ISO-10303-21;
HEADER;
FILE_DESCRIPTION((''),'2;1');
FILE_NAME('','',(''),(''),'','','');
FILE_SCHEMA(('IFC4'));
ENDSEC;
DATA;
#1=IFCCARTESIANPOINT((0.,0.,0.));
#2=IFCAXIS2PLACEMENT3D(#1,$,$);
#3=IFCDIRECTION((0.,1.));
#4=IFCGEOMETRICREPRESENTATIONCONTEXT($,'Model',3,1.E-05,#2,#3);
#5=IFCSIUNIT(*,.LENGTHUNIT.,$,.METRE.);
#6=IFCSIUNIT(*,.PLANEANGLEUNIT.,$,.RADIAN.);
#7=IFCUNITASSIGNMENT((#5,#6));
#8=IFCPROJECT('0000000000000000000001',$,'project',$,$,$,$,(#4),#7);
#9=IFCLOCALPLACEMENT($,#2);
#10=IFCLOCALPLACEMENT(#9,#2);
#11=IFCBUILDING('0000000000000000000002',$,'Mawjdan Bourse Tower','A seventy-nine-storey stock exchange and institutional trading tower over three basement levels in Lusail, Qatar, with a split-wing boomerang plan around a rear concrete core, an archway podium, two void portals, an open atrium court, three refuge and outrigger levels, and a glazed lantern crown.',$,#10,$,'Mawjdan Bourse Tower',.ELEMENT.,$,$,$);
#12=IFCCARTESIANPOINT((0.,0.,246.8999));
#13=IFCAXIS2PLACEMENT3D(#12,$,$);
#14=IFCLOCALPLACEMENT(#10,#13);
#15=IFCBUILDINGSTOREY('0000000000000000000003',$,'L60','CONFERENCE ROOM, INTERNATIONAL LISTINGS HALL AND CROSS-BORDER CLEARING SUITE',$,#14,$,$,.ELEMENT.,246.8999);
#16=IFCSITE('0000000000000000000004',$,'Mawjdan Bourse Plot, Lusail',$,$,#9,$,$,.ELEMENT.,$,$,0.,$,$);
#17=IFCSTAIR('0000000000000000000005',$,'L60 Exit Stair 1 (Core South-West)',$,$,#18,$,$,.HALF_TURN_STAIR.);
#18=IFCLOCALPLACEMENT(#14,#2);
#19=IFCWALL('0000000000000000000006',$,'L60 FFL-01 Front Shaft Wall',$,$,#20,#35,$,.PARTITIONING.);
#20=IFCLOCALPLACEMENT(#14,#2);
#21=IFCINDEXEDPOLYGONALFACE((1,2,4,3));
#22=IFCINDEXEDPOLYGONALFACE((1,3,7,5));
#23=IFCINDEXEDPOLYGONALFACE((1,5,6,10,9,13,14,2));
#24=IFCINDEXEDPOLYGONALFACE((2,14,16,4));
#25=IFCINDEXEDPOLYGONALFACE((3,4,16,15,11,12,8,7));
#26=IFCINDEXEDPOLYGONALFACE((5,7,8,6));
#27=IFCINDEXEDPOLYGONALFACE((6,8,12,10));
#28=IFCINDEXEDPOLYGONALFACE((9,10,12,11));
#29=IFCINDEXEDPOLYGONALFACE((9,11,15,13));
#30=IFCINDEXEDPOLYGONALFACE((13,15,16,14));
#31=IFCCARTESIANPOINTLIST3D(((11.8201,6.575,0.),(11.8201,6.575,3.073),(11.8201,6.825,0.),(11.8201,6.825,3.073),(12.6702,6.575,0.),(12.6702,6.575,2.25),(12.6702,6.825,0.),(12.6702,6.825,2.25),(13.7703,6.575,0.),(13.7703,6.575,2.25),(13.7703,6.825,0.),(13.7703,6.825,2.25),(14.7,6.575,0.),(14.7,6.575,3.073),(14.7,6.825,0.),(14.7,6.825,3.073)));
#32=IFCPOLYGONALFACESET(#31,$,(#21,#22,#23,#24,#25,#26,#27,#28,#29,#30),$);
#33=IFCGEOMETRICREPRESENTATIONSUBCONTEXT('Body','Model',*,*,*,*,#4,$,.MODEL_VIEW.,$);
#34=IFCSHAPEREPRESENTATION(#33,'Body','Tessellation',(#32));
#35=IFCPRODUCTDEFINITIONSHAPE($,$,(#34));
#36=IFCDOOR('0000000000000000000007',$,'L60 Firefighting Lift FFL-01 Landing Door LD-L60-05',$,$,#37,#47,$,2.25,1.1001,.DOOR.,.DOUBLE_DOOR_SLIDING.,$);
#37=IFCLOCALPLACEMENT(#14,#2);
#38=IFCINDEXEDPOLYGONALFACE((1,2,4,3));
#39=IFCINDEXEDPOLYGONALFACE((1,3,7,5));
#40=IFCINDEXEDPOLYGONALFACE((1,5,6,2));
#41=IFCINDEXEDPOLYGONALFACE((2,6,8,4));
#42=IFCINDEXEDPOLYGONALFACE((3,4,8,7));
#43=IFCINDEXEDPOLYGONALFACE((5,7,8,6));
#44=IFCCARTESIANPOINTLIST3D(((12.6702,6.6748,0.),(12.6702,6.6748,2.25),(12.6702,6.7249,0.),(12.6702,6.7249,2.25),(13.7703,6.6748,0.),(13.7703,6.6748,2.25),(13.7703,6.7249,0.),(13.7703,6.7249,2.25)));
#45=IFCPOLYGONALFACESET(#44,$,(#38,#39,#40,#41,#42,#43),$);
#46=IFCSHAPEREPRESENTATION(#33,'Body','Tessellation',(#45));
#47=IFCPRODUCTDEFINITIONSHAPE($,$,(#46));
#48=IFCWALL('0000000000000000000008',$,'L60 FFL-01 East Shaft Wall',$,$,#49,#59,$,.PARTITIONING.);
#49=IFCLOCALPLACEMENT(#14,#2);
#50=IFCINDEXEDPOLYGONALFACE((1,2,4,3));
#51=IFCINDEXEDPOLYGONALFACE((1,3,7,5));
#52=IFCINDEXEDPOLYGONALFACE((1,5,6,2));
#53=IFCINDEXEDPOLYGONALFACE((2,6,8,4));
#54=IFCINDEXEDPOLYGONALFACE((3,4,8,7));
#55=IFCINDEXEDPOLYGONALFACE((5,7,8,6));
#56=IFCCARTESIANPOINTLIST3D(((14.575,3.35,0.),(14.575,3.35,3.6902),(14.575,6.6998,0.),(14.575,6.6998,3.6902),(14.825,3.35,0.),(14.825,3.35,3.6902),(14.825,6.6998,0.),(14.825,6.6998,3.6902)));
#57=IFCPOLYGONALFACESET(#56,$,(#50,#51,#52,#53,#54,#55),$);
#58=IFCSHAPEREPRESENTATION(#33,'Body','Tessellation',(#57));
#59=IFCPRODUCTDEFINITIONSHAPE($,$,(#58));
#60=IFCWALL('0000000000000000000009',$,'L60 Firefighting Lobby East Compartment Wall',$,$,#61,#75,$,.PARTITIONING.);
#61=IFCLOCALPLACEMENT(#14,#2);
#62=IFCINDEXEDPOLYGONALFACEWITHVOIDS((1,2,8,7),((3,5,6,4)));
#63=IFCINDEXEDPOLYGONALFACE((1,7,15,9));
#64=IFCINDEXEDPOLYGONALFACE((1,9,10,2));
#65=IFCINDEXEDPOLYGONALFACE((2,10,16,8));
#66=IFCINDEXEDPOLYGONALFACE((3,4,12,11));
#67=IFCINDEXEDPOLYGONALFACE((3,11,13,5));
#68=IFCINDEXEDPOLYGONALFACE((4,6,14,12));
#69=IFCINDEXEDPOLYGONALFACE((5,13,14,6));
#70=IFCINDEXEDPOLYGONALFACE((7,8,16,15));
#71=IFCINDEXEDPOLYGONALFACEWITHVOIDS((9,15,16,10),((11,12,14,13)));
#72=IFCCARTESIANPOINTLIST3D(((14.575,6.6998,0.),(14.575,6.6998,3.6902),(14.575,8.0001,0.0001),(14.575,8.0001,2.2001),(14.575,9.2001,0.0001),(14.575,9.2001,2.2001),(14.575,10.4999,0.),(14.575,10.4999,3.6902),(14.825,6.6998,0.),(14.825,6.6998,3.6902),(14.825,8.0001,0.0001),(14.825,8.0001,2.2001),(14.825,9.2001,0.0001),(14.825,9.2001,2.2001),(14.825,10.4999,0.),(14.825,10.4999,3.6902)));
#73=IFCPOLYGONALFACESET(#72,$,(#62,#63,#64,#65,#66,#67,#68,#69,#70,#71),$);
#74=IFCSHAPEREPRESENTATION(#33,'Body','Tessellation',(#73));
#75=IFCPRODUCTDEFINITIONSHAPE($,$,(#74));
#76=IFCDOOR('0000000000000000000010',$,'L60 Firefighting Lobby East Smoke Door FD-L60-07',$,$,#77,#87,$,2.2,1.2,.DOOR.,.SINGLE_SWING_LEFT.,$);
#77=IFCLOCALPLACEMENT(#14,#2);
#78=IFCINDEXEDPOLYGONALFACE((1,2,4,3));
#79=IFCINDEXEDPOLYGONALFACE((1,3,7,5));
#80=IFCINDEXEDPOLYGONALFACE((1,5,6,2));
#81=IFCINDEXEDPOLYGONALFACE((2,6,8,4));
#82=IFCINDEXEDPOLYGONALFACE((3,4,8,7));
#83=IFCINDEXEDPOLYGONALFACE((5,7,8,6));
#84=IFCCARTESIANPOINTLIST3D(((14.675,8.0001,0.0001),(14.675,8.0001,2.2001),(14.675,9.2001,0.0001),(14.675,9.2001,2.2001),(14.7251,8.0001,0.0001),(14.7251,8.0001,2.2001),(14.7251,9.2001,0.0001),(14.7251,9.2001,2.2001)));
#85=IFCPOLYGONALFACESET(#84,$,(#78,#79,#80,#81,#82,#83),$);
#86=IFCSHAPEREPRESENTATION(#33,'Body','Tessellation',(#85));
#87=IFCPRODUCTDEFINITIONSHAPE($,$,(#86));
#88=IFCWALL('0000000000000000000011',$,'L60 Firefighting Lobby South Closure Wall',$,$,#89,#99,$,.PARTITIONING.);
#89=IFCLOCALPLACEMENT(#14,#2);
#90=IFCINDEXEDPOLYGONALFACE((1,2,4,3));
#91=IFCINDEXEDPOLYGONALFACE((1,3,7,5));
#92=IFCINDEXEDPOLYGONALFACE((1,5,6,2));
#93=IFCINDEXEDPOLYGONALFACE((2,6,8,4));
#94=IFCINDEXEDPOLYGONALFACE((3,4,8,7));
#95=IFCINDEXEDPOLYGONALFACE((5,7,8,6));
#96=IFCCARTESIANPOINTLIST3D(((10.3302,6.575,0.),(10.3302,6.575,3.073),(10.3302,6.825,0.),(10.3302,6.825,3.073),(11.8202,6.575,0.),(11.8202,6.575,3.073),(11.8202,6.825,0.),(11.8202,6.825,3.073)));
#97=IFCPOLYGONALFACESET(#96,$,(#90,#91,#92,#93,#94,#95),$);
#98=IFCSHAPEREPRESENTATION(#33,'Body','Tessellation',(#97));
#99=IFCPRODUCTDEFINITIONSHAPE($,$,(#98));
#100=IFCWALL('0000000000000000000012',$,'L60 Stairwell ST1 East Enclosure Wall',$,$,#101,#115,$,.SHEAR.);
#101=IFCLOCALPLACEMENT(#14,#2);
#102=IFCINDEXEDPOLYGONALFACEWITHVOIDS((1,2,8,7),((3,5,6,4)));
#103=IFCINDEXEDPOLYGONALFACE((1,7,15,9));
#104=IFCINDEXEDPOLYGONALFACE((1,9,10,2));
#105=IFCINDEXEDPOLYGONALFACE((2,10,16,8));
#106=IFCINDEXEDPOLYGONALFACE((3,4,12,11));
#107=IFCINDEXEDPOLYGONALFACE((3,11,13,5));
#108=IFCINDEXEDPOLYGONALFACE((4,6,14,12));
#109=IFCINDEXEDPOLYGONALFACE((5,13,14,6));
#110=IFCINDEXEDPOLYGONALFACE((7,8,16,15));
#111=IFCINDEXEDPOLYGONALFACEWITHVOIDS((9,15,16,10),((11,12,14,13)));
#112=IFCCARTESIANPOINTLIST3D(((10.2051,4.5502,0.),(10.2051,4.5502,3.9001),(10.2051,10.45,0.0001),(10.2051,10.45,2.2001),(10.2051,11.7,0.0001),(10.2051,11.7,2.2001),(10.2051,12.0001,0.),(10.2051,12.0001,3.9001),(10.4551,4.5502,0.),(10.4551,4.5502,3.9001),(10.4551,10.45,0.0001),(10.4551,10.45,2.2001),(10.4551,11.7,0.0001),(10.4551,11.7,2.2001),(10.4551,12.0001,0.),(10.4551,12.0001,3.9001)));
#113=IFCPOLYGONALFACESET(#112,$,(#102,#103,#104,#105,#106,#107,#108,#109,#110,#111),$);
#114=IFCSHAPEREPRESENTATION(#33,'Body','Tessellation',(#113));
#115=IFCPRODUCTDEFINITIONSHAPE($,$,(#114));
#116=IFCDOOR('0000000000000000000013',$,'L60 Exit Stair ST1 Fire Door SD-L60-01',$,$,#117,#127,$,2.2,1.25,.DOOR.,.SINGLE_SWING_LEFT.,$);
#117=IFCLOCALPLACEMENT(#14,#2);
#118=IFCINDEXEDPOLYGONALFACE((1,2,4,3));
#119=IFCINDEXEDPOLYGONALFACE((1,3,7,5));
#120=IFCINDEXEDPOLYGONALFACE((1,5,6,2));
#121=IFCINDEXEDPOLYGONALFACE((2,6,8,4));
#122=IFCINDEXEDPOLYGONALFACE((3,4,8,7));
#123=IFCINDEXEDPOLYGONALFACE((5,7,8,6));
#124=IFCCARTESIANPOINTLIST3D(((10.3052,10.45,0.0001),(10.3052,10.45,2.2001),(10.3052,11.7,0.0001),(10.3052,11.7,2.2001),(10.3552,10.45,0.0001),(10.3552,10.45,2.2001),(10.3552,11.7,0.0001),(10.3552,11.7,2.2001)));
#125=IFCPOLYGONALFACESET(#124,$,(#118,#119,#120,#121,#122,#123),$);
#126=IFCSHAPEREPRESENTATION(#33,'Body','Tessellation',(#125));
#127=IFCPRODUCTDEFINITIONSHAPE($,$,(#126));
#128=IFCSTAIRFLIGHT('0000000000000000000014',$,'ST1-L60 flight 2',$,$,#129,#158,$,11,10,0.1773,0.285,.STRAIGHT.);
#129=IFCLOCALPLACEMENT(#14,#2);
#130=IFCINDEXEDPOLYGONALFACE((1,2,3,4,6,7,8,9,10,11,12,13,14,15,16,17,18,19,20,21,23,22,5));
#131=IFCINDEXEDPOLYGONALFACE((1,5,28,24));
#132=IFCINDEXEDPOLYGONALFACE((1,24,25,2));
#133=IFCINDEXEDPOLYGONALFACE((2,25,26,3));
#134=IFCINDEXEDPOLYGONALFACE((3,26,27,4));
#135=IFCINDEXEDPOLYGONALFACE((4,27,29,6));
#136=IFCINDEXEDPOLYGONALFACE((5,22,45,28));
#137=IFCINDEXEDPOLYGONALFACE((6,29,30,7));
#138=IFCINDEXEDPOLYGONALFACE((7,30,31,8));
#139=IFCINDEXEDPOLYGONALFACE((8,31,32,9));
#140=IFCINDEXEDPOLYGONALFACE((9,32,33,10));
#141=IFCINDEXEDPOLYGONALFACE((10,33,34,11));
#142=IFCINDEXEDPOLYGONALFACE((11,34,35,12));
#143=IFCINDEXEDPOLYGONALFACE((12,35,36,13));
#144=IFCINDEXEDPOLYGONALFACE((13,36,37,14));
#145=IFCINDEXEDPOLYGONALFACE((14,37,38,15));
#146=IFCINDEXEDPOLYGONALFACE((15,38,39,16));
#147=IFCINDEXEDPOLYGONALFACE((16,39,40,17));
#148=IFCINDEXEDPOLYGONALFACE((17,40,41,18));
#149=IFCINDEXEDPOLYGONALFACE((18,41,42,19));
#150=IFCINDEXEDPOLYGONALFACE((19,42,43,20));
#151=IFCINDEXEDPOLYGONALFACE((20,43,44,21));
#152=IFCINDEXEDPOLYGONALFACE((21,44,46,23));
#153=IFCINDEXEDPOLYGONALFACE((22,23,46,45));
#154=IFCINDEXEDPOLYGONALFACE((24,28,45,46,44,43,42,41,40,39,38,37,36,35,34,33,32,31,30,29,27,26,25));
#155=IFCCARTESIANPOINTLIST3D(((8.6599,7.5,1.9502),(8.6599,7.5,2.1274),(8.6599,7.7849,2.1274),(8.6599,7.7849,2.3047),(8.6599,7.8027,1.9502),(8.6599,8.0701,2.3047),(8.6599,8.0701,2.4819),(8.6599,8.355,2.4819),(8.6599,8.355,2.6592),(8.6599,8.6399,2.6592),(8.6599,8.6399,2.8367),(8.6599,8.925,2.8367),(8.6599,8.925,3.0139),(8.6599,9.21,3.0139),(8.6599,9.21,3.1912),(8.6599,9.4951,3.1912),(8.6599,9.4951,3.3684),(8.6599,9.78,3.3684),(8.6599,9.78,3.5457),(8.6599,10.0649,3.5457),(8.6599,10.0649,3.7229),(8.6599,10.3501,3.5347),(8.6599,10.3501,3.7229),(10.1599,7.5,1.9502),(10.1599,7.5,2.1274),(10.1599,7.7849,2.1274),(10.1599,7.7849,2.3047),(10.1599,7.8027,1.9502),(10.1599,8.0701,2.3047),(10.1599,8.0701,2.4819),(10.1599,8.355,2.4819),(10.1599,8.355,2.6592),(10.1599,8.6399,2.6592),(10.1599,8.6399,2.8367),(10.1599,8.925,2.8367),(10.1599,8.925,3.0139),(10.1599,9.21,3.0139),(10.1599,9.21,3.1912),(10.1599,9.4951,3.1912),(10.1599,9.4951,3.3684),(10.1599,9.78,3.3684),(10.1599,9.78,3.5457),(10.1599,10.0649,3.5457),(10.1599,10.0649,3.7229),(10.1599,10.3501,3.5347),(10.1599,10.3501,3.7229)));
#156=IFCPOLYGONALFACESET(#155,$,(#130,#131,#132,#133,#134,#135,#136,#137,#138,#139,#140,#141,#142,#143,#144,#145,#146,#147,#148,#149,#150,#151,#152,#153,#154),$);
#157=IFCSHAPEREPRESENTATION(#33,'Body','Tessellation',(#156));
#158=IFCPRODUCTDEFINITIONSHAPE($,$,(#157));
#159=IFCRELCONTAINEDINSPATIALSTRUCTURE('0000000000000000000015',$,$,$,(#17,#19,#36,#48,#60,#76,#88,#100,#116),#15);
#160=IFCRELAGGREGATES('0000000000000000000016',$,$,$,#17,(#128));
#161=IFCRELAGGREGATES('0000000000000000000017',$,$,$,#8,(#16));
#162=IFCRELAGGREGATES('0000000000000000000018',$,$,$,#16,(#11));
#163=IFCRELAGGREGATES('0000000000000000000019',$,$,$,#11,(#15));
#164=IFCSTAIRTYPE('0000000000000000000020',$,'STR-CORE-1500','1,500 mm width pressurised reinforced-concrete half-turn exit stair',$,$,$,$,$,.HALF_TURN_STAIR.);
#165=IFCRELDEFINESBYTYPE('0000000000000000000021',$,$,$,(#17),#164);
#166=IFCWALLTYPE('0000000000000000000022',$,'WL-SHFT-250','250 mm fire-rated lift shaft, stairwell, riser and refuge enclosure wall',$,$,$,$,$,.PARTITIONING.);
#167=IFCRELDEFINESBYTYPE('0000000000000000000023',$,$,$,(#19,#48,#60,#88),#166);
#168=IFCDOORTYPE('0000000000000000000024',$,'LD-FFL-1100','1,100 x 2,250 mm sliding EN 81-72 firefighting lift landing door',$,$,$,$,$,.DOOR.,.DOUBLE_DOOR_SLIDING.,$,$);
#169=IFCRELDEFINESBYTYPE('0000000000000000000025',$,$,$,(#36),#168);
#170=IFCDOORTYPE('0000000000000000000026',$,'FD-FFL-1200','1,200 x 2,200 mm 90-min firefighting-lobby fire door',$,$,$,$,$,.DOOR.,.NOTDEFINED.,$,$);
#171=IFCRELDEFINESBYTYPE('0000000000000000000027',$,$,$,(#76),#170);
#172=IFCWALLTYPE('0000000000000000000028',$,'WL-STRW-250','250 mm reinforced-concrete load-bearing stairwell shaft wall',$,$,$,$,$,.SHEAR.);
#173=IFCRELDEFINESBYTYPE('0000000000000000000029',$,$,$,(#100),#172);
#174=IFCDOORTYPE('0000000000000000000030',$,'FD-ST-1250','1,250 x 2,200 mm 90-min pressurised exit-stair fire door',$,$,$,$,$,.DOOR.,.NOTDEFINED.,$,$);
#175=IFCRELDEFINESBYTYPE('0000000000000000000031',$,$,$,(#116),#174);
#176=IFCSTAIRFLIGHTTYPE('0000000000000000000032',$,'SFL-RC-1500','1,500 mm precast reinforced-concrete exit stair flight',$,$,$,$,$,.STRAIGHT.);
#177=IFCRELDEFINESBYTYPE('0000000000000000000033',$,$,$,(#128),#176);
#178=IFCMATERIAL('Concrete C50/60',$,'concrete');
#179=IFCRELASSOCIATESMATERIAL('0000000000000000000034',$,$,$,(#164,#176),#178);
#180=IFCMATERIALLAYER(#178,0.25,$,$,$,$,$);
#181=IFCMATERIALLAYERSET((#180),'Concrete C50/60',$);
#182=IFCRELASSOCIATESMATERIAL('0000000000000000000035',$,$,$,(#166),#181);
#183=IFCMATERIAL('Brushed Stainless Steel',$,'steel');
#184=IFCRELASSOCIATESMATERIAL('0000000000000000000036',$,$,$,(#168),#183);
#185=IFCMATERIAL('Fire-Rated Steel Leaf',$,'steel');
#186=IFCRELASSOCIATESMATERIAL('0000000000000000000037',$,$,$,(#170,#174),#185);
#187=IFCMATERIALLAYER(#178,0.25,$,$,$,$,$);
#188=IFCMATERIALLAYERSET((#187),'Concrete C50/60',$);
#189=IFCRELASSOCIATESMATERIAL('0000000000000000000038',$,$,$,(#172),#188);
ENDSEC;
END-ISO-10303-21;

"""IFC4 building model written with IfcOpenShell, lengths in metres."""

from ifc_helpers import new_model, si_unit, direction, frame, frame_2d, origin, place, context, subcontext, project, spatial, polyline, rectangle, outline, extrude, material, layer, layer_set, type_object, element, fill, aggregate, save


model = new_model("IFC4")

# Units and contexts
model_context = context("Model", 3, precision=1e-05, world=origin(), true_north=direction((0.0, 1.0)))
body_context = subcontext(model_context, "Body", "Model", "MODEL_VIEW")
ifc_project = project(units=[si_unit("LENGTHUNIT", "METRE"), si_unit("PLANEANGLEUNIT", "RADIAN")], contexts=[model_context])

# Site, building, storey
site_placement = place(None, origin())
site = spatial("IfcSite", under=ifc_project, at=site_placement, Name="Mawjdan Bourse Plot, Lusail", CompositionType="ELEMENT", RefElevation=0.0)
building_placement = place(site_placement, origin())
building = spatial("IfcBuilding", under=site, at=building_placement, Name="Mawjdan Bourse Tower", Description="A seventy-nine-storey stock exchange and institutional trading tower over three basement levels in Lusail, Qatar, with a split-wing boomerang plan around a rear concrete core, an archway podium, two void portals, an open atrium court, three refuge and outrigger levels, and a glazed lantern crown.", LongName="Mawjdan Bourse Tower", CompositionType="ELEMENT")
storey_placement = place(building_placement, frame((0.0, 0.0, 246.8999)))
storey = spatial("IfcBuildingStorey", under=building, at=storey_placement, Name="L60", Description="CONFERENCE ROOM, INTERNATIONAL LISTINGS HALL AND CROSS-BORDER CLEARING SUITE", CompositionType="ELEMENT", Elevation=246.8999)

# Stair
ifc_material_1 = material(Name="Concrete C50/60", Category="concrete")
stair_type = type_object("IfcStairType", Name="STR-CORE-1500", Description="1,500 mm width pressurised reinforced-concrete half-turn exit stair", PredefinedType="HALF_TURN_STAIR", material=ifc_material_1)
stair_1_placement = place(storey_placement, origin())
stair_1 = element("IfcStair", 1, at=stair_1_placement, inside=storey, type_object=stair_type, Name="L60 Exit Stair 1 (Core South-West)", PredefinedType="HALF_TURN_STAIR")

# Shared definitions
ifc_layer_1 = layer(ifc_material_1, 0.25)
ifc_layer_set_1 = layer_set([ifc_layer_1], Name="Concrete C50/60")
wall_type_1 = type_object("IfcWallType", Name="WL-SHFT-250", Description="250 mm fire-rated lift shaft, stairwell, riser and refuge enclosure wall", PredefinedType="PARTITIONING", material=ifc_layer_set_1)

# Wall, opening, door
wall_1_placement = place(storey_placement, frame((11.8201, 6.7, 0.0), z_axis=(0.0, 0.0, 1.0), x_axis=(1.0, 0.0, 0.0)))
wall_1 = element("IfcWall", 2, at=wall_1_placement, inside=storey, type_object=wall_type_1, Name="L60 FFL-01 Front Shaft Wall", PredefinedType="PARTITIONING", context=body_context, shape_type="SweptSolid", body=[
    extrude(rectangle(XDim=2.8799, YDim=0.25, at=frame_2d((1.4399, 0.0))), origin(), (0.0, 0.0, 1.0), 3.073),
])
opening_1_placement = place(wall_1_placement, frame((0.8501, 0.0, 0.0)))
opening_1 = element("IfcOpeningElement", 3, at=opening_1_placement, cuts=wall_1, PredefinedType="OPENING", context=body_context, shape_type="SweptSolid", body=[
    extrude(rectangle(XDim=1.1001, YDim=2.25, at=frame_2d((0.55, 1.125))), frame((0.0, 0.135, 0.0), z_axis=(0.0, -1.0, 0.0), x_axis=(1.0, 0.0, 0.0)), (0.0, 0.0, 1.0), 0.27),
])
ifc_material_2 = material(Name="Brushed Stainless Steel", Category="steel")
door_type_1 = type_object("IfcDoorType", Name="LD-FFL-1100", Description="1,100 x 2,250 mm sliding EN 81-72 firefighting lift landing door", OperationType="DOUBLE_DOOR_SLIDING", PredefinedType="DOOR", material=ifc_material_2)
door_1_placement = place(opening_1_placement, origin())
door_1 = element("IfcDoor", 4, at=door_1_placement, inside=storey, type_object=door_type_1, Name="L60 Firefighting Lift FFL-01 Landing Door LD-L60-05", OperationType="DOUBLE_DOOR_SLIDING", OverallHeight=2.25, OverallWidth=1.1001, PredefinedType="DOOR", context=body_context, shape_type="SweptSolid", body=[
    extrude(rectangle(XDim=1.1001, YDim=2.25, at=frame_2d((0.55, 1.125))), frame((0.0, 0.0249, 0.0), z_axis=(0.0, -1.0, 0.0), x_axis=(1.0, 0.0, 0.0)), (0.0, 0.0, 1.0), 0.05),
])
fill(opening_1, door_1)

# Wall
wall_2_placement = place(storey_placement, frame((14.7, 3.3501, 0.0), z_axis=(0.0, 0.0, 1.0), x_axis=(0.0, 1.0, 0.0)))
element("IfcWall", 5, at=wall_2_placement, inside=storey, type_object=wall_type_1, Name="L60 FFL-01 East Shaft Wall", PredefinedType="PARTITIONING", context=body_context, shape_type="SweptSolid", body=[
    extrude(rectangle(XDim=3.3499, YDim=0.25, at=frame_2d((1.6748, 0.0))), origin(), (0.0, 0.0, 1.0), 3.6902),
])

# Wall, opening, door
wall_3_placement = place(storey_placement, frame((14.7, 6.7, 0.0), z_axis=(0.0, 0.0, 1.0), x_axis=(0.0, 1.0, 0.0)))
wall_3 = element("IfcWall", 6, at=wall_3_placement, inside=storey, type_object=wall_type_1, Name="L60 Firefighting Lobby East Compartment Wall", PredefinedType="PARTITIONING", context=body_context, shape_type="SweptSolid", body=[
    extrude(rectangle(XDim=3.8, YDim=0.25, at=frame_2d((1.8999, 0.0))), origin(), (0.0, 0.0, 1.0), 3.6902),
])
opening_2_placement = place(wall_3_placement, frame((1.3, 0.0, 0.0)))
opening_2 = element("IfcOpeningElement", 7, at=opening_2_placement, cuts=wall_3, PredefinedType="OPENING", context=body_context, shape_type="SweptSolid", body=[
    extrude(rectangle(XDim=1.2, YDim=2.2, at=frame_2d((0.6001, 1.1001))), frame((0.0, 0.135, 0.0), z_axis=(0.0, -1.0, 0.0), x_axis=(1.0, 0.0, 0.0)), (0.0, 0.0, 1.0), 0.27),
])
ifc_material_3 = material(Name="Fire-Rated Steel Leaf", Category="steel")
door_type_2 = type_object("IfcDoorType", Name="FD-FFL-1200", Description="1,200 x 2,200 mm 90-min firefighting-lobby fire door", OperationType="NOTDEFINED", PredefinedType="DOOR", material=ifc_material_3)
door_2_placement = place(opening_2_placement, origin())
door_2 = element("IfcDoor", 8, at=door_2_placement, inside=storey, type_object=door_type_2, Name="L60 Firefighting Lobby East Smoke Door FD-L60-07", OperationType="SINGLE_SWING_LEFT", OverallHeight=2.2, OverallWidth=1.2, PredefinedType="DOOR", context=body_context, shape_type="SweptSolid", body=[
    extrude(rectangle(XDim=1.2, YDim=2.2, at=frame_2d((0.6001, 1.1001))), frame((0.0, 0.0249, 0.0), z_axis=(0.0, -1.0, 0.0), x_axis=(1.0, 0.0, 0.0)), (0.0, 0.0, 1.0), 0.05),
])
fill(opening_2, door_2)

# Wall
wall_4_placement = place(storey_placement, frame((10.3301, 6.7, 0.0), z_axis=(0.0, 0.0, 1.0), x_axis=(1.0, 0.0, 0.0)))
element("IfcWall", 9, at=wall_4_placement, inside=storey, type_object=wall_type_1, Name="L60 Firefighting Lobby South Closure Wall", PredefinedType="PARTITIONING", context=body_context, shape_type="SweptSolid", body=[
    extrude(rectangle(XDim=1.49, YDim=0.25, at=frame_2d((0.7451, 0.0))), origin(), (0.0, 0.0, 1.0), 3.073),
])
ifc_layer_2 = layer(ifc_material_1, 0.25)
ifc_layer_set_2 = layer_set([ifc_layer_2], Name="Concrete C50/60")
wall_type_2 = type_object("IfcWallType", Name="WL-STRW-250", Description="250 mm reinforced-concrete load-bearing stairwell shaft wall", PredefinedType="SHEAR", material=ifc_layer_set_2)

# Wall, opening, door
wall_5_placement = place(storey_placement, frame((10.3301, 4.55, 0.0), z_axis=(0.0, 0.0, 1.0), x_axis=(0.0, 1.0, 0.0)))
wall_5 = element("IfcWall", 10, at=wall_5_placement, inside=storey, type_object=wall_type_2, Name="L60 Stairwell ST1 East Enclosure Wall", PredefinedType="SHEAR", context=body_context, shape_type="SweptSolid", body=[
    extrude(rectangle(XDim=7.45, YDim=0.25, at=frame_2d((3.7251, 0.0))), origin(), (0.0, 0.0, 1.0), 3.9001),
])
opening_3_placement = place(wall_5_placement, frame((5.8999, 0.0, 0.0)))
opening_3 = element("IfcOpeningElement", 11, at=opening_3_placement, cuts=wall_5, PredefinedType="OPENING", context=body_context, shape_type="SweptSolid", body=[
    extrude(rectangle(XDim=1.25, YDim=2.2, at=frame_2d((0.625, 1.1001))), frame((0.0, 0.135, 0.0), z_axis=(0.0, -1.0, 0.0), x_axis=(1.0, 0.0, 0.0)), (0.0, 0.0, 1.0), 0.27),
])
door_type_3 = type_object("IfcDoorType", Name="FD-ST-1250", Description="1,250 x 2,200 mm 90-min pressurised exit-stair fire door", OperationType="NOTDEFINED", PredefinedType="DOOR", material=ifc_material_3)
door_3_placement = place(opening_3_placement, origin())
door_3 = element("IfcDoor", 12, at=door_3_placement, inside=storey, type_object=door_type_3, Name="L60 Exit Stair ST1 Fire Door SD-L60-01", OperationType="SINGLE_SWING_LEFT", OverallHeight=2.2, OverallWidth=1.25, PredefinedType="DOOR", context=body_context, shape_type="SweptSolid", body=[
    extrude(rectangle(XDim=1.25, YDim=2.2, at=frame_2d((0.625, 1.1001))), frame((0.0, 0.0249, 0.0), z_axis=(0.0, -1.0, 0.0), x_axis=(1.0, 0.0, 0.0)), (0.0, 0.0, 1.0), 0.05),
])
fill(opening_3, door_3)

# Stair flight
stair_flight_type = type_object("IfcStairFlightType", Name="SFL-RC-1500", Description="1,500 mm precast reinforced-concrete exit stair flight", PredefinedType="STRAIGHT", material=ifc_material_1)
stair_flight_placement = place(storey_placement, frame((9.4099, 7.5, 1.9502), z_axis=(0.0, 0.0, 1.0), x_axis=(0.0, 1.0, 0.0)))
stair_flight = element("IfcStairFlight", 13, at=stair_flight_placement, type_object=stair_flight_type, Name="ST1-L60 flight 2", NumberOfRisers=11, NumberOfTreads=10, PredefinedType="STRAIGHT", RiserHeight=0.1773, TreadLength=0.285, context=body_context, shape_type="SweptSolid", body=[
    extrude(outline(polyline([(0.0, 0.0), (0.0, 0.1772), (0.2849, 0.1772), (0.2849, 0.3545), (0.5701, 0.3545), (0.5701, 0.5317), (0.855, 0.5317), (0.855, 0.709), (1.1399, 0.709), (1.1399, 0.8865), (1.425, 0.8865), (1.425, 1.0637), (1.71, 1.0637), (1.71, 1.241), (1.9951, 1.241), (1.9951, 1.4182), (2.28, 1.4182), (2.28, 1.5955), (2.5649, 1.5955), (2.5649, 1.7727), (2.8501, 1.7727), (2.8501, 1.95), (2.8501, 1.5845), (0.3027, 0.0), (0.0, 0.0)])), frame((0.0, 0.75, 0.0), z_axis=(0.0, -1.0, 0.0), x_axis=(1.0, 0.0, 0.0)), (0.0, 0.0, 1.0), 1.5),
])
aggregate(stair_1, [stair_flight])

save(model, "model.ifc")
